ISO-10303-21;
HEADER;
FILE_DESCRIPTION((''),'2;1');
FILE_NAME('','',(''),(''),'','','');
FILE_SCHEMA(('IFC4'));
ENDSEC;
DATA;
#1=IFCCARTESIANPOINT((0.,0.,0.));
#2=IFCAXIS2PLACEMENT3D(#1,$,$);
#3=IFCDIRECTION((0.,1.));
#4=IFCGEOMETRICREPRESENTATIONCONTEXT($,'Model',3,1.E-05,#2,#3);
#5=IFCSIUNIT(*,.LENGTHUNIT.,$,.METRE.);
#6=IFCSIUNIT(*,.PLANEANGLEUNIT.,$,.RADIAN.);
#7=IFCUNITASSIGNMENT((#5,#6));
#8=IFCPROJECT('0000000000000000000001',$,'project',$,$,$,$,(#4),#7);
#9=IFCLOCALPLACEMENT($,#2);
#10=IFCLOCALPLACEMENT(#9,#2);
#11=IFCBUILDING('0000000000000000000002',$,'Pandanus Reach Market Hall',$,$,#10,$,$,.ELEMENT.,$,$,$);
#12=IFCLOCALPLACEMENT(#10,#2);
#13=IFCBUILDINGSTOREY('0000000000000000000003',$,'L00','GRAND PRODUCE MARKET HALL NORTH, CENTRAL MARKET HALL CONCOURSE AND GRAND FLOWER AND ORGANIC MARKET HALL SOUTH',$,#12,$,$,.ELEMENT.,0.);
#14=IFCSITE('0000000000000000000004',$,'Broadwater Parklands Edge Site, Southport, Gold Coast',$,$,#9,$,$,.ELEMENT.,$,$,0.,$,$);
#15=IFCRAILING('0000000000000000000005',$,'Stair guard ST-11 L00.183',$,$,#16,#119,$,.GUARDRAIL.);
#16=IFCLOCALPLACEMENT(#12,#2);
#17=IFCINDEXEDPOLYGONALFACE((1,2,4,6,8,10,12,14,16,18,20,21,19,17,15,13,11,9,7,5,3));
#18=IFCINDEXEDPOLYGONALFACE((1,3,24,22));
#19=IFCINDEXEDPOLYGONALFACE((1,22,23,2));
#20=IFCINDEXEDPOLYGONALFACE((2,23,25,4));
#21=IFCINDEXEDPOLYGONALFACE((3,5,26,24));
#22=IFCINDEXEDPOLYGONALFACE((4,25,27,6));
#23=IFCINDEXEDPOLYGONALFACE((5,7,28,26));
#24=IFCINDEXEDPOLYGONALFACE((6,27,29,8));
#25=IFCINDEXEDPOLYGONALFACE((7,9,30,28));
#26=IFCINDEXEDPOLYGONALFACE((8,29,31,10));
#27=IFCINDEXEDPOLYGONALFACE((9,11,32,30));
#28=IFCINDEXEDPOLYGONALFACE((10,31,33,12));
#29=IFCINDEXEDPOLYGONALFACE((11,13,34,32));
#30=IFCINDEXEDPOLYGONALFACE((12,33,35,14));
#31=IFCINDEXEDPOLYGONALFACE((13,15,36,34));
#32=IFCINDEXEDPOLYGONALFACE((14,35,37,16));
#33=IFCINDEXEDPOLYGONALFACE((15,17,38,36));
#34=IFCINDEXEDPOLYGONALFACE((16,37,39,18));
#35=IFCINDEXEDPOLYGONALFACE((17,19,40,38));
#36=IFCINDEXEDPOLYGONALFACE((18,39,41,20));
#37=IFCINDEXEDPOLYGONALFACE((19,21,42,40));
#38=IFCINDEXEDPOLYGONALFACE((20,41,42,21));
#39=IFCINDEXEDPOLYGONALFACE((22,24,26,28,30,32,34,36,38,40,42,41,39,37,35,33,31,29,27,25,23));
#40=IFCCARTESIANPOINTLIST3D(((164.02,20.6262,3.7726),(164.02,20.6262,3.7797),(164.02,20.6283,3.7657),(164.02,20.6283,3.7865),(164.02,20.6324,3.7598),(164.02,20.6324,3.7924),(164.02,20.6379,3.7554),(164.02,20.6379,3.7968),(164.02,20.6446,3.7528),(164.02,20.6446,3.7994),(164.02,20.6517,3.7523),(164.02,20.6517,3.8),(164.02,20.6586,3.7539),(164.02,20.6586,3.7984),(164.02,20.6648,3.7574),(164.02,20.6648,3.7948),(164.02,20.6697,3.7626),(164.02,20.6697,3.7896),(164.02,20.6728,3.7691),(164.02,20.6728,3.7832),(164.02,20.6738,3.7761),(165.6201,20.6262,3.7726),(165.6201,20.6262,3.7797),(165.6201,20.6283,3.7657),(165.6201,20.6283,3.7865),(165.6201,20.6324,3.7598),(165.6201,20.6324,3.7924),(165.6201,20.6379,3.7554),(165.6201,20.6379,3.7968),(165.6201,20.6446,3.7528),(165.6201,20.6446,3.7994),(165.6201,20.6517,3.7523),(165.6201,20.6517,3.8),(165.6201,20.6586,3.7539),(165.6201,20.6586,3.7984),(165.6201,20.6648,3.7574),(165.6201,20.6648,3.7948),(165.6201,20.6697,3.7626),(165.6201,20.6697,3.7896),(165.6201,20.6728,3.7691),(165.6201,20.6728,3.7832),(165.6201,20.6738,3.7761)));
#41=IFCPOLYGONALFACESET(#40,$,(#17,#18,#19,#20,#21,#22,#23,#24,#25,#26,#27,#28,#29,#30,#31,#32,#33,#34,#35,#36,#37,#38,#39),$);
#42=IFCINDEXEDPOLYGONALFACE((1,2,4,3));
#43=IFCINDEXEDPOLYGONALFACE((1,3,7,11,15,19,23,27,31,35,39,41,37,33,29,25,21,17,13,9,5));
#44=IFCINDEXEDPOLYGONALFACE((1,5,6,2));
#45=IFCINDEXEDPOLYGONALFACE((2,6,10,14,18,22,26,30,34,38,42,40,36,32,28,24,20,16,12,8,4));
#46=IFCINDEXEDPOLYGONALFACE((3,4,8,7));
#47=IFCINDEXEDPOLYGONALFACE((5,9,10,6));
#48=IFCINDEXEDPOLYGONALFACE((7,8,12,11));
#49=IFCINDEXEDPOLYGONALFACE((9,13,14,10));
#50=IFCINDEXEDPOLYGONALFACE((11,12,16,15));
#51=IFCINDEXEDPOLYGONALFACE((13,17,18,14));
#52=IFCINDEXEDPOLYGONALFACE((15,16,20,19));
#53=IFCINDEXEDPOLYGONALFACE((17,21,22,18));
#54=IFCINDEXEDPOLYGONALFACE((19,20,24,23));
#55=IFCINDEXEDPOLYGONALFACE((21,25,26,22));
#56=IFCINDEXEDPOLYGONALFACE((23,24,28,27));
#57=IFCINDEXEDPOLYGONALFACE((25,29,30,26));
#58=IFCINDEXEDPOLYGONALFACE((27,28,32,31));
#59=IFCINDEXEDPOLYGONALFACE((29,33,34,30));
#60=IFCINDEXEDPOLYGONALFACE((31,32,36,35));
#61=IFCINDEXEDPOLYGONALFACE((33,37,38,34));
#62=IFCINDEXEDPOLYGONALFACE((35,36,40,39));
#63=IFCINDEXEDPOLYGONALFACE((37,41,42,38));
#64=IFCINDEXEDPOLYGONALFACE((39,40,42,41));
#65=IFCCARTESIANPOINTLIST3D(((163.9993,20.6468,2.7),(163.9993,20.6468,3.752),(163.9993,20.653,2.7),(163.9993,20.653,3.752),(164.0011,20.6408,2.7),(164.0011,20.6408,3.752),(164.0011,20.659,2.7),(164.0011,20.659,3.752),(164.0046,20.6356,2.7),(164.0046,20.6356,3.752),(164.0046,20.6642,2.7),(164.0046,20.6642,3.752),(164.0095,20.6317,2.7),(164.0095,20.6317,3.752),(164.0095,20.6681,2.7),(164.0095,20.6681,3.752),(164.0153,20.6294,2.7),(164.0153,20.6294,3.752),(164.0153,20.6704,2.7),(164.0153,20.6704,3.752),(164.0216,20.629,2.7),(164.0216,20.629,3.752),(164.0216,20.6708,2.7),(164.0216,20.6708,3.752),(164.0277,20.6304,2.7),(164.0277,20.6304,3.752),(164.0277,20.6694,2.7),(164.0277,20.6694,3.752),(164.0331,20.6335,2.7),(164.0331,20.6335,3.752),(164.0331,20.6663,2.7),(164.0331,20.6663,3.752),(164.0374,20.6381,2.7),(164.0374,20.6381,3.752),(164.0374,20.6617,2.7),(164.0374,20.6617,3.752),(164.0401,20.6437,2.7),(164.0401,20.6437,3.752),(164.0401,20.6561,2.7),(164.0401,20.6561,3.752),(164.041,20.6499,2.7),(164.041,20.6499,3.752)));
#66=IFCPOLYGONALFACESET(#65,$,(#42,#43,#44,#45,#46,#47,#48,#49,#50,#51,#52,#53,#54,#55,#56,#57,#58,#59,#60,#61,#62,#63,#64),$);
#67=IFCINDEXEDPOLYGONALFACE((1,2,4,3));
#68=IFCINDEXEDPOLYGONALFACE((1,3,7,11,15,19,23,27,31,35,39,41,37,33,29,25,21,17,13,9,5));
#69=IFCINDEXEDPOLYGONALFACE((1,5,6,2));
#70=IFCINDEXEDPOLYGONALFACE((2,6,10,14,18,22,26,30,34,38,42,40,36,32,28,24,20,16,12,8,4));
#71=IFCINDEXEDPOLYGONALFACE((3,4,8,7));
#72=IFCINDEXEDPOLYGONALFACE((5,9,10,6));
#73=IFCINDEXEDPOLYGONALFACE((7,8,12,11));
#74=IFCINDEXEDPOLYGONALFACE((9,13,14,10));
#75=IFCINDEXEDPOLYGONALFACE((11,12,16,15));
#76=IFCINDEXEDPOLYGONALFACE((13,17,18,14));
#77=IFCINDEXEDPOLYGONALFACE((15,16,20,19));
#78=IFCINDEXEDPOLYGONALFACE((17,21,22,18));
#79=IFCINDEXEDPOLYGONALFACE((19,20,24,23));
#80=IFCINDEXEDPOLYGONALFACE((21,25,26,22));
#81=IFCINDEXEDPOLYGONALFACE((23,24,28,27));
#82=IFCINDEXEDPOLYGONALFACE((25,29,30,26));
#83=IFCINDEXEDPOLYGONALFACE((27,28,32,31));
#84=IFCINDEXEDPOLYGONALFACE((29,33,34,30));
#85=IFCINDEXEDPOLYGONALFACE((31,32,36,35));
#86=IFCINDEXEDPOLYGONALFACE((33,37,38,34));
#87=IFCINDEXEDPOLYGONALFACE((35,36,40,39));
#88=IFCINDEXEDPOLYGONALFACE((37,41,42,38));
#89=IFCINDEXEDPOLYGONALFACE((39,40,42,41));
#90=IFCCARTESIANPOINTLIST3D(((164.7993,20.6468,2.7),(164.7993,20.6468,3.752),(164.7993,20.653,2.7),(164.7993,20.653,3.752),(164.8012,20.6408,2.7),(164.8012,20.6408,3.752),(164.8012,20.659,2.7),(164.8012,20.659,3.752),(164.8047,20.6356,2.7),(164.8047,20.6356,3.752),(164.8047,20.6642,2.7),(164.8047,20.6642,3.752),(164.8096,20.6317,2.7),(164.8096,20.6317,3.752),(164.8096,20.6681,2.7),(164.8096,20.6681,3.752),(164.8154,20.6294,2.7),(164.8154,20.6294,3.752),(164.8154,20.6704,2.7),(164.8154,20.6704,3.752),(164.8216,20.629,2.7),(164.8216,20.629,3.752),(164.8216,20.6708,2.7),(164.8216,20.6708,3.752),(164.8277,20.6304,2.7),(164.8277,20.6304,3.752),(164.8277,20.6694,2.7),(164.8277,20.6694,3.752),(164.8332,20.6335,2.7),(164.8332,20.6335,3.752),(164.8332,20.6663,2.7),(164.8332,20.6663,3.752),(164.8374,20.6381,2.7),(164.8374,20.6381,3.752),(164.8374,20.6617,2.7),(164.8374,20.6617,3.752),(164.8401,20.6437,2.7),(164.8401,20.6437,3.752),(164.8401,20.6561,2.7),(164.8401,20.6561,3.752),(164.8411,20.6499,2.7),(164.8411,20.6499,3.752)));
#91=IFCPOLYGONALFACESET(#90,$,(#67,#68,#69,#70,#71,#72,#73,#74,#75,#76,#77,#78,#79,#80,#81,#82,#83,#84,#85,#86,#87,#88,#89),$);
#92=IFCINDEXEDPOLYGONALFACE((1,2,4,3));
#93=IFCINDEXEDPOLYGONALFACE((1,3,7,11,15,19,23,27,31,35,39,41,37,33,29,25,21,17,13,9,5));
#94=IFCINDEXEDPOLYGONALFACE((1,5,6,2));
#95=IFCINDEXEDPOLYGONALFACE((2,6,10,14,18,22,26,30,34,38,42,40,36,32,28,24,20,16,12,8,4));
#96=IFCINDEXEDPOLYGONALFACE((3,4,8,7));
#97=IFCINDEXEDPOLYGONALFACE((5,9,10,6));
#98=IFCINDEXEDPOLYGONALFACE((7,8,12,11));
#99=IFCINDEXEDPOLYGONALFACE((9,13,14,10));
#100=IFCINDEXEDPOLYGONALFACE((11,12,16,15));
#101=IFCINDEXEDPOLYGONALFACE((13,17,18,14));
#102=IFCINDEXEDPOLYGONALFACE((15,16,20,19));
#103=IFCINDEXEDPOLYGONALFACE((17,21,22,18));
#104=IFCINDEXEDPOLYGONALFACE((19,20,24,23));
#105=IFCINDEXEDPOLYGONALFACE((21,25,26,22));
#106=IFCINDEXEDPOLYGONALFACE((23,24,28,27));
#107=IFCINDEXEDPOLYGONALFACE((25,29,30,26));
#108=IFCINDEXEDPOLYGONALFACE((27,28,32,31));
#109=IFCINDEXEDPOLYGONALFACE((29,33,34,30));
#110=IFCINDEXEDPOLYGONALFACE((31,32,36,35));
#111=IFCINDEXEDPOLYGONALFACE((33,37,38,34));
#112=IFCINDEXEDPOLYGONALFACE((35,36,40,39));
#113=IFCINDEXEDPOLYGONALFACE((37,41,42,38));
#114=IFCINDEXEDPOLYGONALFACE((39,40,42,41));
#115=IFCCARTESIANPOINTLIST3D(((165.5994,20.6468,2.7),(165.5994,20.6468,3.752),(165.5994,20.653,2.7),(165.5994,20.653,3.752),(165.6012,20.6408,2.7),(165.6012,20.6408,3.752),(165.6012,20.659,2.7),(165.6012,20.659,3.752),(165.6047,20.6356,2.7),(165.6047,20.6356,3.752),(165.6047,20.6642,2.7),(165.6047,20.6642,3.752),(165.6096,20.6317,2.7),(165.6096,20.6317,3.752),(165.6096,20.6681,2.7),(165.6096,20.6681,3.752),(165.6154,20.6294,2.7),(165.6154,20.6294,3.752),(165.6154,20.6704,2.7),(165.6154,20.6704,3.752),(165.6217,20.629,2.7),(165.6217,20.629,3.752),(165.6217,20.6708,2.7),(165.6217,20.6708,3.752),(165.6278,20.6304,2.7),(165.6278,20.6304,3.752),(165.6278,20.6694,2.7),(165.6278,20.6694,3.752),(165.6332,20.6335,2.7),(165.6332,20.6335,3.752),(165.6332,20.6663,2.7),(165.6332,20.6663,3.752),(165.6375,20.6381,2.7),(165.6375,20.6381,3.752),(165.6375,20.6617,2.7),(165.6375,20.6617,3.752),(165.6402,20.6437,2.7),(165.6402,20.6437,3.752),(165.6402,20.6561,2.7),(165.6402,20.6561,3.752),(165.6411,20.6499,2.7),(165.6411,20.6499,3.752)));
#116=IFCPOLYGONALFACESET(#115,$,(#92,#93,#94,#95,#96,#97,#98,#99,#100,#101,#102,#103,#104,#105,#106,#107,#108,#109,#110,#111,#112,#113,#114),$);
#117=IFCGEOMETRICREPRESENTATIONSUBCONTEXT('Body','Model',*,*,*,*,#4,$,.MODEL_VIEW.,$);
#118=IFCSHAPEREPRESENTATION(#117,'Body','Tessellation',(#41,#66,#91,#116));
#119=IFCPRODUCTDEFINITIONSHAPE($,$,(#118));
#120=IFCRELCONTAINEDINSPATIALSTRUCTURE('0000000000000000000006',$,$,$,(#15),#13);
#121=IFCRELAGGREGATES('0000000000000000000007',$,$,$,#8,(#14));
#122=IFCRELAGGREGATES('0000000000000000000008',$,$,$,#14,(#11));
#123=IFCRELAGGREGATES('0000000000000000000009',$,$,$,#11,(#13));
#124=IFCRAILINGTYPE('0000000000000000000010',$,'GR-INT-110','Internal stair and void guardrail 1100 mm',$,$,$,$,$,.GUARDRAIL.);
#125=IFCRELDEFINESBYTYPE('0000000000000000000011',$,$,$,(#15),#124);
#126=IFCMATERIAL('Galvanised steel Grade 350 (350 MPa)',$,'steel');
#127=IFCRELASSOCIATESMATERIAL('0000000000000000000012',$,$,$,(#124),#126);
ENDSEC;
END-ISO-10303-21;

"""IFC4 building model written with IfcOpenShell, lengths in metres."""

from ifc_helpers import new_model, si_unit, direction, frame, origin, origin_2d, place, context, subcontext, project, spatial, circle, extrude, material, type_object, element, save


model = new_model("IFC4")

# Units and contexts
model_context = context("Model", 3, precision=1e-05, world=origin(), true_north=direction((0.0, 1.0)))
body_context = subcontext(model_context, "Body", "Model", "MODEL_VIEW")
ifc_project = project(units=[si_unit("LENGTHUNIT", "METRE"), si_unit("PLANEANGLEUNIT", "RADIAN")], contexts=[model_context])

# Site, building, storey
site_placement = place(None, origin())
site = spatial("IfcSite", under=ifc_project, at=site_placement, Name="Broadwater Parklands Edge Site, Southport, Gold Coast", CompositionType="ELEMENT", RefElevation=0.0)
building_placement = place(site_placement, origin())
building = spatial("IfcBuilding", under=site, at=building_placement, Name="Pandanus Reach Market Hall", CompositionType="ELEMENT")
storey_placement = place(building_placement, origin())
storey = spatial("IfcBuildingStorey", under=building, at=storey_placement, Name="L00", Description="GRAND PRODUCE MARKET HALL NORTH, CENTRAL MARKET HALL CONCOURSE AND GRAND FLOWER AND ORGANIC MARKET HALL SOUTH", CompositionType="ELEMENT", Elevation=0.0)

# Railing
ifc_material_1 = material(Name="Galvanised steel Grade 350 (350 MPa)", Category="steel")
railing_type = type_object("IfcRailingType", Name="GR-INT-110", Description="Internal stair and void guardrail 1100 mm", PredefinedType="GUARDRAIL", material=ifc_material_1)
railing_1_placement = place(storey_placement, frame((164.02, 20.6499, 2.7)))
element("IfcRailing", 1, at=railing_1_placement, inside=storey, type_object=railing_type, Name="Stair guard ST-11 L00.183", PredefinedType="GUARDRAIL", context=body_context, shape_type="SweptSolid", body=[
    extrude(circle(Radius=0.0239, at=origin_2d()), frame((0.0, 0.0, 1.0762), z_axis=(1.0, 0.0, 0.0), x_axis=(0.0, 1.0, 0.0)), (0.0, 0.0, 1.0), 1.6001),
    extrude(circle(Radius=0.021, at=origin_2d()), origin(), (0.0, 0.0, 1.0), 1.052),
    extrude(circle(Radius=0.021, at=origin_2d()), frame((0.8, 0.0, 0.0)), (0.0, 0.0, 1.0), 1.052),
    extrude(circle(Radius=0.021, at=origin_2d()), frame((1.6001, 0.0, 0.0)), (0.0, 0.0, 1.0), 1.052),
])

save(model, "model.ifc")
